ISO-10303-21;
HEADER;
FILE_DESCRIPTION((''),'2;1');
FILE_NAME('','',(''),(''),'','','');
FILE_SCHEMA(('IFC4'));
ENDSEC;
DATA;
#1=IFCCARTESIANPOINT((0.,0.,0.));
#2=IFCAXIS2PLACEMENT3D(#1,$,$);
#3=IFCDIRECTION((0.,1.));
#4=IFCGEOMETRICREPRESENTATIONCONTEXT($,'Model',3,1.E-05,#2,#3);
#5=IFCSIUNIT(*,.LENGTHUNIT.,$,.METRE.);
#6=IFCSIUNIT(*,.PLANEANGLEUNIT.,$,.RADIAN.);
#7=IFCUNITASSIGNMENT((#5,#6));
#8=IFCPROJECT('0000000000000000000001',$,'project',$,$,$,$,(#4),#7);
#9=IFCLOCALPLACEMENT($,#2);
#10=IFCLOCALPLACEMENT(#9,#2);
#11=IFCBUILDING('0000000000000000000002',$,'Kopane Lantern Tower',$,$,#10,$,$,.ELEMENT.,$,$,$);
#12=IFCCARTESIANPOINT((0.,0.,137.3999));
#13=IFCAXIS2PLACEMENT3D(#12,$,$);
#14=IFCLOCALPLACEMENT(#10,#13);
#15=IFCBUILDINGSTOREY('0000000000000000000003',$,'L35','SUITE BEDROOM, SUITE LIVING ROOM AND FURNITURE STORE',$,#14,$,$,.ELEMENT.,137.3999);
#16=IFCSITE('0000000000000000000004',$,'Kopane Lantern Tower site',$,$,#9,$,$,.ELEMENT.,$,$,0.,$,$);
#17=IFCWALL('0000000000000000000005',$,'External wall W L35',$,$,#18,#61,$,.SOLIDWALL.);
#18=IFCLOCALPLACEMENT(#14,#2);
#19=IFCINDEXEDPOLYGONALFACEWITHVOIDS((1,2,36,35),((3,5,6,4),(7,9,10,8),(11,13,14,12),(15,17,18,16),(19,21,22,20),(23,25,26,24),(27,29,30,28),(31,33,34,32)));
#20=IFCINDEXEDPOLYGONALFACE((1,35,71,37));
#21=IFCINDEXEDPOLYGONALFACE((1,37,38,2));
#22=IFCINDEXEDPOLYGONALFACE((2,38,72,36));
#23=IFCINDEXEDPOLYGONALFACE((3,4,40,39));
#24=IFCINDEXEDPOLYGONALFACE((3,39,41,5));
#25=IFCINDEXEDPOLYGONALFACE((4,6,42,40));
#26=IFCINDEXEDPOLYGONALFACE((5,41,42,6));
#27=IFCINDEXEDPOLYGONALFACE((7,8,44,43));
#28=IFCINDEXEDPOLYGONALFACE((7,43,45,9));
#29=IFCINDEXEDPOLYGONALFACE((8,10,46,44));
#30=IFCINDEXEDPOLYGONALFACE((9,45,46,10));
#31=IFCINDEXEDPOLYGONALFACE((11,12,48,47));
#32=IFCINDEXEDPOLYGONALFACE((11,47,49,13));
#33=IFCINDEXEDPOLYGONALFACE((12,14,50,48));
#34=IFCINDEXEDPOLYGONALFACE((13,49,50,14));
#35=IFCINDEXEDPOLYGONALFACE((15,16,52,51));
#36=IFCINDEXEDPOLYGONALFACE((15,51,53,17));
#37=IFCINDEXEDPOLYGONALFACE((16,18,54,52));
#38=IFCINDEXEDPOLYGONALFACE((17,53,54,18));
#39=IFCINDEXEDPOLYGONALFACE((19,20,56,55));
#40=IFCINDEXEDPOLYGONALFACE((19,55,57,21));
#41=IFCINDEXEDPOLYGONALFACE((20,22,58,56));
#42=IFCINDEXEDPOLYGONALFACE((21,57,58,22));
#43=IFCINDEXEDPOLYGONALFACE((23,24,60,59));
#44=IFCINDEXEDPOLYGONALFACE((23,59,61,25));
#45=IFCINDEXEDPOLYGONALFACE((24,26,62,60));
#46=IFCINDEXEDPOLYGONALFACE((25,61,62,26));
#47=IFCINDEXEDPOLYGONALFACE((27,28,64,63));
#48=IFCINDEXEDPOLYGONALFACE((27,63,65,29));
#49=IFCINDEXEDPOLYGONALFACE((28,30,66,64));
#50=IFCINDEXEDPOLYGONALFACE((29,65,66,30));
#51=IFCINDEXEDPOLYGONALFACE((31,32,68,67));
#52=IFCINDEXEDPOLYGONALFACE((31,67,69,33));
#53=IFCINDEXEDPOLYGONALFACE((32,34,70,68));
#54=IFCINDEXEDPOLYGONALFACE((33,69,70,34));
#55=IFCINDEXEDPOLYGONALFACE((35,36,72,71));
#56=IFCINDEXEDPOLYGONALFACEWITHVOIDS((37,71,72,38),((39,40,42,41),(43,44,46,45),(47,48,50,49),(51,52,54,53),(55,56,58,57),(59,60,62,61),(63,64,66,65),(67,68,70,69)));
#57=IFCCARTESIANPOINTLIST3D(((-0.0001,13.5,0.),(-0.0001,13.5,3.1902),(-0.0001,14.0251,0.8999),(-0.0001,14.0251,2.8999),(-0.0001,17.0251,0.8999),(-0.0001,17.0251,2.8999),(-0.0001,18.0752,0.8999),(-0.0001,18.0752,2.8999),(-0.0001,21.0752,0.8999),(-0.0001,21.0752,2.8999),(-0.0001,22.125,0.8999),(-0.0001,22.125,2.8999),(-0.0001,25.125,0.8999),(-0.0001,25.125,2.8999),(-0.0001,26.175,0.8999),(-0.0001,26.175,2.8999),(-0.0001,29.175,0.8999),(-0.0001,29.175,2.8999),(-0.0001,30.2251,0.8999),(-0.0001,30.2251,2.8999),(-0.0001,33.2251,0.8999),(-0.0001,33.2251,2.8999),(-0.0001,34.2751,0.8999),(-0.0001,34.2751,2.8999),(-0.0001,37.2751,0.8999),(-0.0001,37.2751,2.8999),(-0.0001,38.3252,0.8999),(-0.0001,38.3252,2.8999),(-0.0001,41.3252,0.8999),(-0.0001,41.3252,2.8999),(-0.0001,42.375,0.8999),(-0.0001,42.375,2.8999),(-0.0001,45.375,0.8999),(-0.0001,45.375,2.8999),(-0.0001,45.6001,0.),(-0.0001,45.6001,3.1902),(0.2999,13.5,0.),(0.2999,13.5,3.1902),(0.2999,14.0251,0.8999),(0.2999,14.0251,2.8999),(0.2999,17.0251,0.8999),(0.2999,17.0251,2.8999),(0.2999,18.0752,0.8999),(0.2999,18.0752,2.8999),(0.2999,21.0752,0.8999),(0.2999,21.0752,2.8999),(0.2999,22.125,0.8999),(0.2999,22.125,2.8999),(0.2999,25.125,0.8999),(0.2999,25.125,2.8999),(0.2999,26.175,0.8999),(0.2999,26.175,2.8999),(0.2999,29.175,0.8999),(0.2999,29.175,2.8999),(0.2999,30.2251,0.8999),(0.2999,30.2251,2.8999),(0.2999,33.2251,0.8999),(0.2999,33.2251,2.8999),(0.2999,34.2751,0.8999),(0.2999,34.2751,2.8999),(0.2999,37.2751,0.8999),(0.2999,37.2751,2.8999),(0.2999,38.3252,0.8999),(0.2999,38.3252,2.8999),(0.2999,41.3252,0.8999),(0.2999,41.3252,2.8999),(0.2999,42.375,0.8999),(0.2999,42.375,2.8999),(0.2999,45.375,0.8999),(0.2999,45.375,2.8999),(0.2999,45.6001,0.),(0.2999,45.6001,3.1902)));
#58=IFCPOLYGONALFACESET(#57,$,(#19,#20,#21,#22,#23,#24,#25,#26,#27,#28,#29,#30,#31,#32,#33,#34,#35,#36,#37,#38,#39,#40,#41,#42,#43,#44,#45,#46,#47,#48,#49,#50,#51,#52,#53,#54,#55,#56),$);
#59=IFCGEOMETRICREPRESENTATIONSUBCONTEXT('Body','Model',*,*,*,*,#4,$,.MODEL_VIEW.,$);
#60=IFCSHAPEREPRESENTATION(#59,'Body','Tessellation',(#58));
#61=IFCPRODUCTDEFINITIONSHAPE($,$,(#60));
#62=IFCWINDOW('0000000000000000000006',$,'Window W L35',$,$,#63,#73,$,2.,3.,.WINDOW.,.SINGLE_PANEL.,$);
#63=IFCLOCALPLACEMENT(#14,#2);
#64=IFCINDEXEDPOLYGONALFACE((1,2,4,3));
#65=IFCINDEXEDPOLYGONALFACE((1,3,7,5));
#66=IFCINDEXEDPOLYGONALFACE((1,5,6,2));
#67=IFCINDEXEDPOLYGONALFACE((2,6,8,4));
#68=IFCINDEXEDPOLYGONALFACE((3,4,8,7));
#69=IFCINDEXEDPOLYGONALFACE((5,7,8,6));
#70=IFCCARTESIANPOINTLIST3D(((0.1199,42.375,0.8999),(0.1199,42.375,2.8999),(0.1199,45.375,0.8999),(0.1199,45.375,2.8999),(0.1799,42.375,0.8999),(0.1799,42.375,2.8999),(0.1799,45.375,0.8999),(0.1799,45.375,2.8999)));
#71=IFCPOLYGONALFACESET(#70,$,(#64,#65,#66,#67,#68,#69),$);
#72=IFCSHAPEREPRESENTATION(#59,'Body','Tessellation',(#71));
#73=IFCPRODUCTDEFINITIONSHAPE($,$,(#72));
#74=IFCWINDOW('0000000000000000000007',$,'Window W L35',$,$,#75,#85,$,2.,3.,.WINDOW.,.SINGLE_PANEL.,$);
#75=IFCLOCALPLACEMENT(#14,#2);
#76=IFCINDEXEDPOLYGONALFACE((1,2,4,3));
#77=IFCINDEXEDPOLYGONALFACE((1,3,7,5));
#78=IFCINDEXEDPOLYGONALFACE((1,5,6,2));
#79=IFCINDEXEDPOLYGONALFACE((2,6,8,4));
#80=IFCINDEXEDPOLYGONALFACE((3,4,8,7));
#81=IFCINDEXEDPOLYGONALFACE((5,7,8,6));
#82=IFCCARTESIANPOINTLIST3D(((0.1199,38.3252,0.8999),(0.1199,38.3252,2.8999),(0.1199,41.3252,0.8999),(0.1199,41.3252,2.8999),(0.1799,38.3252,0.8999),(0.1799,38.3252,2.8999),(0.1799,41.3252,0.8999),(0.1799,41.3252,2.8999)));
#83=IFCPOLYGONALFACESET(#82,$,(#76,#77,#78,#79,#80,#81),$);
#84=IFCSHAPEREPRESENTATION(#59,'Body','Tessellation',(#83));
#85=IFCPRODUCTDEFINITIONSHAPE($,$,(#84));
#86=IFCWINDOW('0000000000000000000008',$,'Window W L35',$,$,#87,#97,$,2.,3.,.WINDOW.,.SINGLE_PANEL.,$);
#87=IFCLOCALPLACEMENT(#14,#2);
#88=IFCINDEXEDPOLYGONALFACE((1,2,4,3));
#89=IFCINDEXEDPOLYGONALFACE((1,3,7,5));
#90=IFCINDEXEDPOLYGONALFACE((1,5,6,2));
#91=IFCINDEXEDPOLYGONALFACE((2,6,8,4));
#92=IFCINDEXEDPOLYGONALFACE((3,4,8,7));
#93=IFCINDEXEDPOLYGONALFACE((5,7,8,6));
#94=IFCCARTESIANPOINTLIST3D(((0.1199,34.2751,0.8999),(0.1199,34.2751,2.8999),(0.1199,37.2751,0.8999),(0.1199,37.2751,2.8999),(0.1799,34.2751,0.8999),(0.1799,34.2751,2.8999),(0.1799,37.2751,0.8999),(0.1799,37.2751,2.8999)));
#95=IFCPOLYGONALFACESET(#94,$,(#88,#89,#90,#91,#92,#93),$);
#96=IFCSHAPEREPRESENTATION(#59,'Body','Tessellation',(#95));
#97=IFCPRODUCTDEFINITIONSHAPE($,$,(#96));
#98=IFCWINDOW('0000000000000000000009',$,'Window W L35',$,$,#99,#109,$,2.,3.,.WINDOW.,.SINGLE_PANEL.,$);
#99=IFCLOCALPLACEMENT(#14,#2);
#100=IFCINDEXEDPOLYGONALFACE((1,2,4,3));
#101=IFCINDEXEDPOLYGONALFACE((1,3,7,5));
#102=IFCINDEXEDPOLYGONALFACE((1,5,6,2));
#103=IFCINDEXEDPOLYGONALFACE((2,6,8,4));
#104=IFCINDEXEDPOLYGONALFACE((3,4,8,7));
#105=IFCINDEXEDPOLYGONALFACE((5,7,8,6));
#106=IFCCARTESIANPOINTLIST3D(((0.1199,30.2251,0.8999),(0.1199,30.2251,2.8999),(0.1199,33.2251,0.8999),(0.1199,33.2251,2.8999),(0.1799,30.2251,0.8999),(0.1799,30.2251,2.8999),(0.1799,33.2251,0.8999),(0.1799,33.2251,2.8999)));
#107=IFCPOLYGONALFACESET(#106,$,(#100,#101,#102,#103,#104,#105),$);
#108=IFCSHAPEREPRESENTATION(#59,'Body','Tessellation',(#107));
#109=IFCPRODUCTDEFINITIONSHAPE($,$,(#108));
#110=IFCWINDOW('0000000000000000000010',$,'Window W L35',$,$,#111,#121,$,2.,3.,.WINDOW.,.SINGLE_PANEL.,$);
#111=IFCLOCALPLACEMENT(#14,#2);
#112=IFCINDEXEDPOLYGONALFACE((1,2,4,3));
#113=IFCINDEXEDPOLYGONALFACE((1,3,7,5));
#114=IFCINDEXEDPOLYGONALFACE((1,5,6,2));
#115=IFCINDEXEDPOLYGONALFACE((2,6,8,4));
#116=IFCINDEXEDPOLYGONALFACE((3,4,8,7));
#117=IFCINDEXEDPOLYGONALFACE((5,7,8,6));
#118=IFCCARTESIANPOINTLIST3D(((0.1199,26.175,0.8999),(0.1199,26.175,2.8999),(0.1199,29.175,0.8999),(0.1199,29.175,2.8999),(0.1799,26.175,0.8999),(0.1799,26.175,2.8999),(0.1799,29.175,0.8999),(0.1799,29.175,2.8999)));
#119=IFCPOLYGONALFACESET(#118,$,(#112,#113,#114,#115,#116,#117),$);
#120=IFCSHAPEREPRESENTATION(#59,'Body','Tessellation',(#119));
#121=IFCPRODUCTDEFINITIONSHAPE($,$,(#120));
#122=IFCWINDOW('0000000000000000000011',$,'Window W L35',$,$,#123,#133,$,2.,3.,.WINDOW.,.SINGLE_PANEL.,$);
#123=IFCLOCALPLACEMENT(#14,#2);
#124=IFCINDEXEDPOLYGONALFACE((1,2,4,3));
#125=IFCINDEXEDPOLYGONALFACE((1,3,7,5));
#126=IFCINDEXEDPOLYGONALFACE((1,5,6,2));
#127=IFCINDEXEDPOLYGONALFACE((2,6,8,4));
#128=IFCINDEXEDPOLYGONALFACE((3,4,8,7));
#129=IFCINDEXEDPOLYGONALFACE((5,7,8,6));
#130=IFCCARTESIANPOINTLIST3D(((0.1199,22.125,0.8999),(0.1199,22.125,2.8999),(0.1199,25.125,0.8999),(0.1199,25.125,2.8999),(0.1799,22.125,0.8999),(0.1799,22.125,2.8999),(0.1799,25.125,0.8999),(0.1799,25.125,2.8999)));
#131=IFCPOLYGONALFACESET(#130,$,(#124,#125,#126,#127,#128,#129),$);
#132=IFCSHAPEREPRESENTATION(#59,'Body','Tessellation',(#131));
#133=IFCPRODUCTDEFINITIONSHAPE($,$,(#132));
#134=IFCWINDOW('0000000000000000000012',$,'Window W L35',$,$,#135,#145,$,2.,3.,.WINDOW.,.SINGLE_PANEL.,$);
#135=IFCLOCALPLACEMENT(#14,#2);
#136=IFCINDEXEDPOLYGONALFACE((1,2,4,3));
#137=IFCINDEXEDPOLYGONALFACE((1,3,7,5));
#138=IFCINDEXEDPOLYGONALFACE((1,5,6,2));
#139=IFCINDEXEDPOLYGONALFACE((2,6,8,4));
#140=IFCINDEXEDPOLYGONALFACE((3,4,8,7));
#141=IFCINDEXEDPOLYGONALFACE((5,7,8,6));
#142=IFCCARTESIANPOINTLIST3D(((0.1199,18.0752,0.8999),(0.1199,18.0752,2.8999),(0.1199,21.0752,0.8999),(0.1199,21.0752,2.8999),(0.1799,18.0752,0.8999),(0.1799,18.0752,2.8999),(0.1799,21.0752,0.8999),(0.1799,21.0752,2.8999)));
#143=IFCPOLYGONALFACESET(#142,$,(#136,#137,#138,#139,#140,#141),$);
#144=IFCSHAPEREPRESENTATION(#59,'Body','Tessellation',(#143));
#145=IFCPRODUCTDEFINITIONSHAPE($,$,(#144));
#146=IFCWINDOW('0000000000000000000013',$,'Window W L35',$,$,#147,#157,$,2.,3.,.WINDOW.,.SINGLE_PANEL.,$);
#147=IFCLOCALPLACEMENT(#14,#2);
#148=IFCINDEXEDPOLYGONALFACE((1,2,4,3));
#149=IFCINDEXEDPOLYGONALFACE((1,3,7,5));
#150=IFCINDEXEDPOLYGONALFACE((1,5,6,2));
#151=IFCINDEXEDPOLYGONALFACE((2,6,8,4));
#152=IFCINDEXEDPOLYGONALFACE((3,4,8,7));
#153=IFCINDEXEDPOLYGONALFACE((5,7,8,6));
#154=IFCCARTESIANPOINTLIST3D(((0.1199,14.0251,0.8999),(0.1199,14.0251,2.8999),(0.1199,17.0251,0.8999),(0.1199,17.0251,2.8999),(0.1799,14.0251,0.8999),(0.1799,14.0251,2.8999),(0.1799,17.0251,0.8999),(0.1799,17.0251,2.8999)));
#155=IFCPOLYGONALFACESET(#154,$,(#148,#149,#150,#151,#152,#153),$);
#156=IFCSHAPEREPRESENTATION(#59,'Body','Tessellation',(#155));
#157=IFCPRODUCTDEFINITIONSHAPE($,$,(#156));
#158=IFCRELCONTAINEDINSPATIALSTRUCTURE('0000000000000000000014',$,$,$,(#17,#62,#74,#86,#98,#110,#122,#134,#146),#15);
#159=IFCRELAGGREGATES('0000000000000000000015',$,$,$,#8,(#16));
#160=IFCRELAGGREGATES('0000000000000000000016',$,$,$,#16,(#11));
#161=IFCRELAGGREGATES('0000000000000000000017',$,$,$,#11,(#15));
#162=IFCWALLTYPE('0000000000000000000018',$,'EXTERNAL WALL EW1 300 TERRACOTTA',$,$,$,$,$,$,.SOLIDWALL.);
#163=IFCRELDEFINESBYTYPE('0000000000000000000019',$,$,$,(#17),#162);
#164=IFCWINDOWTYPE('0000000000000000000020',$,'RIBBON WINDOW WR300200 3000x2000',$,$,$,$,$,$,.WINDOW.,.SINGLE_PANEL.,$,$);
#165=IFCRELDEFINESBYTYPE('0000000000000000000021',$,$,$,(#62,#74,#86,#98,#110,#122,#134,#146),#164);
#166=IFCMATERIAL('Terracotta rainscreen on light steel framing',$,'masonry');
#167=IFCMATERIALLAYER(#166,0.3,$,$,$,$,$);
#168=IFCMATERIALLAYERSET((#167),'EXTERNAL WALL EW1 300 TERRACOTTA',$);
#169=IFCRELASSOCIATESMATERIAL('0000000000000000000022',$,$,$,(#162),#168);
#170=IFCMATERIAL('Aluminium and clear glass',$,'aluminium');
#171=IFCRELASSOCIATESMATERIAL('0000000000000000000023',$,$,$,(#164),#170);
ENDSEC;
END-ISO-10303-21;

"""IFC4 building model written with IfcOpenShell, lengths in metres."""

from ifc_helpers import new_model, si_unit, direction, frame, frame_2d, origin, place, context, subcontext, project, spatial, rectangle, extrude, material, layer, layer_set, type_object, element, fill, save


model = new_model("IFC4")

# Units and contexts
model_context = context("Model", 3, precision=1e-05, world=origin(), true_north=direction((0.0, 1.0)))
body_context = subcontext(model_context, "Body", "Model", "MODEL_VIEW")
ifc_project = project(units=[si_unit("LENGTHUNIT", "METRE"), si_unit("PLANEANGLEUNIT", "RADIAN")], contexts=[model_context])

# Site, building, storey
site_placement = place(None, origin())
site = spatial("IfcSite", under=ifc_project, at=site_placement, Name="Kopane Lantern Tower site", CompositionType="ELEMENT", RefElevation=0.0)
building_placement = place(site_placement, origin())
building = spatial("IfcBuilding", under=site, at=building_placement, Name="Kopane Lantern Tower", CompositionType="ELEMENT")
storey_placement = place(building_placement, frame((0.0, 0.0, 137.3999)))
storey = spatial("IfcBuildingStorey", under=building, at=storey_placement, Name="L35", Description="SUITE BEDROOM, SUITE LIVING ROOM AND FURNITURE STORE", CompositionType="ELEMENT", Elevation=137.3999)

# Shared definitions
ifc_material_1 = material(Name="Terracotta rainscreen on light steel framing", Category="masonry")
ifc_layer_1 = layer(ifc_material_1, 0.3)
ifc_layer_set_1 = layer_set([ifc_layer_1], Name="EXTERNAL WALL EW1 300 TERRACOTTA")
wall_type_1 = type_object("IfcWallType", Name="EXTERNAL WALL EW1 300 TERRACOTTA", PredefinedType="SOLIDWALL", material=ifc_layer_set_1)

# Wall, openings, windows
wall_1_placement = place(storey_placement, frame((0.1499, 45.6001, 0.0), z_axis=(0.0, 0.0, 1.0), x_axis=(0.0, -1.0, 0.0)))
wall_1 = element("IfcWall", 1, at=wall_1_placement, inside=storey, type_object=wall_type_1, Name="External wall W L35", PredefinedType="SOLIDWALL", context=body_context, shape_type="SweptSolid", body=[
    extrude(rectangle(XDim=32.1001, YDim=0.3, at=frame_2d((16.05, 0.0))), origin(), (0.0, 0.0, 1.0), 3.1902),
])
opening_1_placement = place(wall_1_placement, frame((0.2251, 0.0, 0.8999)))
opening_1 = element("IfcOpeningElement", 2, at=opening_1_placement, cuts=wall_1, PredefinedType="OPENING", context=body_context, shape_type="SweptSolid", body=[
    extrude(rectangle(XDim=3.0, YDim=2.0, at=frame_2d((1.5, 1.0))), frame((0.0, 0.1599, 0.0), z_axis=(0.0, -1.0, 0.0), x_axis=(1.0, 0.0, 0.0)), (0.0, 0.0, 1.0), 0.3201),
])
opening_2_placement = place(wall_1_placement, frame((4.2749, 0.0, 0.8999)))
opening_2 = element("IfcOpeningElement", 3, at=opening_2_placement, cuts=wall_1, PredefinedType="OPENING", context=body_context, shape_type="SweptSolid", body=[
    extrude(rectangle(XDim=3.0, YDim=2.0, at=frame_2d((1.5, 1.0))), frame((0.0, 0.1599, 0.0), z_axis=(0.0, -1.0, 0.0), x_axis=(1.0, 0.0, 0.0)), (0.0, 0.0, 1.0), 0.3201),
])
opening_3_placement = place(wall_1_placement, frame((8.325, 0.0, 0.8999)))
opening_3 = element("IfcOpeningElement", 4, at=opening_3_placement, cuts=wall_1, PredefinedType="OPENING", context=body_context, shape_type="SweptSolid", body=[
    extrude(rectangle(XDim=3.0, YDim=2.0, at=frame_2d((1.5, 1.0))), frame((0.0, 0.1599, 0.0), z_axis=(0.0, -1.0, 0.0), x_axis=(1.0, 0.0, 0.0)), (0.0, 0.0, 1.0), 0.3201),
])
opening_4_placement = place(wall_1_placement, frame((12.375, 0.0, 0.8999)))
opening_4 = element("IfcOpeningElement", 5, at=opening_4_placement, cuts=wall_1, PredefinedType="OPENING", context=body_context, shape_type="SweptSolid", body=[
    extrude(rectangle(XDim=3.0, YDim=2.0, at=frame_2d((1.5, 1.0))), frame((0.0, 0.1599, 0.0), z_axis=(0.0, -1.0, 0.0), x_axis=(1.0, 0.0, 0.0)), (0.0, 0.0, 1.0), 0.3201),
])
opening_5_placement = place(wall_1_placement, frame((16.425, 0.0, 0.8999)))
opening_5 = element("IfcOpeningElement", 6, at=opening_5_placement, cuts=wall_1, PredefinedType="OPENING", context=body_context, shape_type="SweptSolid", body=[
    extrude(rectangle(XDim=3.0, YDim=2.0, at=frame_2d((1.5, 1.0))), frame((0.0, 0.1599, 0.0), z_axis=(0.0, -1.0, 0.0), x_axis=(1.0, 0.0, 0.0)), (0.0, 0.0, 1.0), 0.3201),
])
opening_6_placement = place(wall_1_placement, frame((20.4751, 0.0, 0.8999)))
opening_6 = element("IfcOpeningElement", 7, at=opening_6_placement, cuts=wall_1, PredefinedType="OPENING", context=body_context, shape_type="SweptSolid", body=[
    extrude(rectangle(XDim=3.0, YDim=2.0, at=frame_2d((1.5, 1.0))), frame((0.0, 0.1599, 0.0), z_axis=(0.0, -1.0, 0.0), x_axis=(1.0, 0.0, 0.0)), (0.0, 0.0, 1.0), 0.3201),
])
opening_7_placement = place(wall_1_placement, frame((24.5249, 0.0, 0.8999)))
opening_7 = element("IfcOpeningElement", 8, at=opening_7_placement, cuts=wall_1, PredefinedType="OPENING", context=body_context, shape_type="SweptSolid", body=[
    extrude(rectangle(XDim=3.0, YDim=2.0, at=frame_2d((1.5, 1.0))), frame((0.0, 0.1599, 0.0), z_axis=(0.0, -1.0, 0.0), x_axis=(1.0, 0.0, 0.0)), (0.0, 0.0, 1.0), 0.3201),
])
opening_8_placement = place(wall_1_placement, frame((28.575, 0.0, 0.8999)))
opening_8 = element("IfcOpeningElement", 9, at=opening_8_placement, cuts=wall_1, PredefinedType="OPENING", context=body_context, shape_type="SweptSolid", body=[
    extrude(rectangle(XDim=3.0, YDim=2.0, at=frame_2d((1.5, 1.0))), frame((0.0, 0.1599, 0.0), z_axis=(0.0, -1.0, 0.0), x_axis=(1.0, 0.0, 0.0)), (0.0, 0.0, 1.0), 0.3201),
])
ifc_material_2 = material(Name="Aluminium and clear glass", Category="aluminium")
window_type_1 = type_object("IfcWindowType", Name="RIBBON WINDOW WR300200 3000x2000", PartitioningType="SINGLE_PANEL", PredefinedType="WINDOW", material=ifc_material_2)
window_1_placement = place(opening_1_placement, origin())
window_1 = element("IfcWindow", 10, at=window_1_placement, inside=storey, type_object=window_type_1, Name="Window W L35", OverallHeight=2.0, OverallWidth=3.0, PartitioningType="SINGLE_PANEL", PredefinedType="WINDOW", context=body_context, shape_type="SweptSolid", body=[
    extrude(rectangle(XDim=3.0, YDim=2.0, at=frame_2d((1.5, 1.0))), frame((0.0, 0.03, 0.0), z_axis=(0.0, -1.0, 0.0), x_axis=(1.0, 0.0, 0.0)), (0.0, 0.0, 1.0), 0.0601),
])
fill(opening_1, window_1)
window_2_placement = place(opening_2_placement, origin())
window_2 = element("IfcWindow", 11, at=window_2_placement, inside=storey, type_object=window_type_1, Name="Window W L35", OverallHeight=2.0, OverallWidth=3.0, PartitioningType="SINGLE_PANEL", PredefinedType="WINDOW", context=body_context, shape_type="SweptSolid", body=[
    extrude(rectangle(XDim=3.0, YDim=2.0, at=frame_2d((1.5, 1.0))), frame((0.0, 0.03, 0.0), z_axis=(0.0, -1.0, 0.0), x_axis=(1.0, 0.0, 0.0)), (0.0, 0.0, 1.0), 0.0601),
])
fill(opening_2, window_2)
window_3_placement = place(opening_3_placement, origin())
window_3 = element("IfcWindow", 12, at=window_3_placement, inside=storey, type_object=window_type_1, Name="Window W L35", OverallHeight=2.0, OverallWidth=3.0, PartitioningType="SINGLE_PANEL", PredefinedType="WINDOW", context=body_context, shape_type="SweptSolid", body=[
    extrude(rectangle(XDim=3.0, YDim=2.0, at=frame_2d((1.5, 1.0))), frame((0.0, 0.03, 0.0), z_axis=(0.0, -1.0, 0.0), x_axis=(1.0, 0.0, 0.0)), (0.0, 0.0, 1.0), 0.0601),
])
fill(opening_3, window_3)
window_4_placement = place(opening_4_placement, origin())
window_4 = element("IfcWindow", 13, at=window_4_placement, inside=storey, type_object=window_type_1, Name="Window W L35", OverallHeight=2.0, OverallWidth=3.0, PartitioningType="SINGLE_PANEL", PredefinedType="WINDOW", context=body_context, shape_type="SweptSolid", body=[
    extrude(rectangle(XDim=3.0, YDim=2.0, at=frame_2d((1.5, 1.0))), frame((0.0, 0.03, 0.0), z_axis=(0.0, -1.0, 0.0), x_axis=(1.0, 0.0, 0.0)), (0.0, 0.0, 1.0), 0.0601),
])
fill(opening_4, window_4)
window_5_placement = place(opening_5_placement, origin())
window_5 = element("IfcWindow", 14, at=window_5_placement, inside=storey, type_object=window_type_1, Name="Window W L35", OverallHeight=2.0, OverallWidth=3.0, PartitioningType="SINGLE_PANEL", PredefinedType="WINDOW", context=body_context, shape_type="SweptSolid", body=[
    extrude(rectangle(XDim=3.0, YDim=2.0, at=frame_2d((1.5, 1.0))), frame((0.0, 0.03, 0.0), z_axis=(0.0, -1.0, 0.0), x_axis=(1.0, 0.0, 0.0)), (0.0, 0.0, 1.0), 0.0601),
])
fill(opening_5, window_5)
window_6_placement = place(opening_6_placement, origin())
window_6 = element("IfcWindow", 15, at=window_6_placement, inside=storey, type_object=window_type_1, Name="Window W L35", OverallHeight=2.0, OverallWidth=3.0, PartitioningType="SINGLE_PANEL", PredefinedType="WINDOW", context=body_context, shape_type="SweptSolid", body=[
    extrude(rectangle(XDim=3.0, YDim=2.0, at=frame_2d((1.5, 1.0))), frame((0.0, 0.03, 0.0), z_axis=(0.0, -1.0, 0.0), x_axis=(1.0, 0.0, 0.0)), (0.0, 0.0, 1.0), 0.0601),
])
fill(opening_6, window_6)
window_7_placement = place(opening_7_placement, origin())
window_7 = element("IfcWindow", 16, at=window_7_placement, inside=storey, type_object=window_type_1, Name="Window W L35", OverallHeight=2.0, OverallWidth=3.0, PartitioningType="SINGLE_PANEL", PredefinedType="WINDOW", context=body_context, shape_type="SweptSolid", body=[
    extrude(rectangle(XDim=3.0, YDim=2.0, at=frame_2d((1.5, 1.0))), frame((0.0, 0.03, 0.0), z_axis=(0.0, -1.0, 0.0), x_axis=(1.0, 0.0, 0.0)), (0.0, 0.0, 1.0), 0.0601),
])
fill(opening_7, window_7)
window_8_placement = place(opening_8_placement, origin())
window_8 = element("IfcWindow", 17, at=window_8_placement, inside=storey, type_object=window_type_1, Name="Window W L35", OverallHeight=2.0, OverallWidth=3.0, PartitioningType="SINGLE_PANEL", PredefinedType="WINDOW", context=body_context, shape_type="SweptSolid", body=[
    extrude(rectangle(XDim=3.0, YDim=2.0, at=frame_2d((1.5, 1.0))), frame((0.0, 0.03, 0.0), z_axis=(0.0, -1.0, 0.0), x_axis=(1.0, 0.0, 0.0)), (0.0, 0.0, 1.0), 0.0601),
])
fill(opening_8, window_8)

save(model, "model.ifc")
